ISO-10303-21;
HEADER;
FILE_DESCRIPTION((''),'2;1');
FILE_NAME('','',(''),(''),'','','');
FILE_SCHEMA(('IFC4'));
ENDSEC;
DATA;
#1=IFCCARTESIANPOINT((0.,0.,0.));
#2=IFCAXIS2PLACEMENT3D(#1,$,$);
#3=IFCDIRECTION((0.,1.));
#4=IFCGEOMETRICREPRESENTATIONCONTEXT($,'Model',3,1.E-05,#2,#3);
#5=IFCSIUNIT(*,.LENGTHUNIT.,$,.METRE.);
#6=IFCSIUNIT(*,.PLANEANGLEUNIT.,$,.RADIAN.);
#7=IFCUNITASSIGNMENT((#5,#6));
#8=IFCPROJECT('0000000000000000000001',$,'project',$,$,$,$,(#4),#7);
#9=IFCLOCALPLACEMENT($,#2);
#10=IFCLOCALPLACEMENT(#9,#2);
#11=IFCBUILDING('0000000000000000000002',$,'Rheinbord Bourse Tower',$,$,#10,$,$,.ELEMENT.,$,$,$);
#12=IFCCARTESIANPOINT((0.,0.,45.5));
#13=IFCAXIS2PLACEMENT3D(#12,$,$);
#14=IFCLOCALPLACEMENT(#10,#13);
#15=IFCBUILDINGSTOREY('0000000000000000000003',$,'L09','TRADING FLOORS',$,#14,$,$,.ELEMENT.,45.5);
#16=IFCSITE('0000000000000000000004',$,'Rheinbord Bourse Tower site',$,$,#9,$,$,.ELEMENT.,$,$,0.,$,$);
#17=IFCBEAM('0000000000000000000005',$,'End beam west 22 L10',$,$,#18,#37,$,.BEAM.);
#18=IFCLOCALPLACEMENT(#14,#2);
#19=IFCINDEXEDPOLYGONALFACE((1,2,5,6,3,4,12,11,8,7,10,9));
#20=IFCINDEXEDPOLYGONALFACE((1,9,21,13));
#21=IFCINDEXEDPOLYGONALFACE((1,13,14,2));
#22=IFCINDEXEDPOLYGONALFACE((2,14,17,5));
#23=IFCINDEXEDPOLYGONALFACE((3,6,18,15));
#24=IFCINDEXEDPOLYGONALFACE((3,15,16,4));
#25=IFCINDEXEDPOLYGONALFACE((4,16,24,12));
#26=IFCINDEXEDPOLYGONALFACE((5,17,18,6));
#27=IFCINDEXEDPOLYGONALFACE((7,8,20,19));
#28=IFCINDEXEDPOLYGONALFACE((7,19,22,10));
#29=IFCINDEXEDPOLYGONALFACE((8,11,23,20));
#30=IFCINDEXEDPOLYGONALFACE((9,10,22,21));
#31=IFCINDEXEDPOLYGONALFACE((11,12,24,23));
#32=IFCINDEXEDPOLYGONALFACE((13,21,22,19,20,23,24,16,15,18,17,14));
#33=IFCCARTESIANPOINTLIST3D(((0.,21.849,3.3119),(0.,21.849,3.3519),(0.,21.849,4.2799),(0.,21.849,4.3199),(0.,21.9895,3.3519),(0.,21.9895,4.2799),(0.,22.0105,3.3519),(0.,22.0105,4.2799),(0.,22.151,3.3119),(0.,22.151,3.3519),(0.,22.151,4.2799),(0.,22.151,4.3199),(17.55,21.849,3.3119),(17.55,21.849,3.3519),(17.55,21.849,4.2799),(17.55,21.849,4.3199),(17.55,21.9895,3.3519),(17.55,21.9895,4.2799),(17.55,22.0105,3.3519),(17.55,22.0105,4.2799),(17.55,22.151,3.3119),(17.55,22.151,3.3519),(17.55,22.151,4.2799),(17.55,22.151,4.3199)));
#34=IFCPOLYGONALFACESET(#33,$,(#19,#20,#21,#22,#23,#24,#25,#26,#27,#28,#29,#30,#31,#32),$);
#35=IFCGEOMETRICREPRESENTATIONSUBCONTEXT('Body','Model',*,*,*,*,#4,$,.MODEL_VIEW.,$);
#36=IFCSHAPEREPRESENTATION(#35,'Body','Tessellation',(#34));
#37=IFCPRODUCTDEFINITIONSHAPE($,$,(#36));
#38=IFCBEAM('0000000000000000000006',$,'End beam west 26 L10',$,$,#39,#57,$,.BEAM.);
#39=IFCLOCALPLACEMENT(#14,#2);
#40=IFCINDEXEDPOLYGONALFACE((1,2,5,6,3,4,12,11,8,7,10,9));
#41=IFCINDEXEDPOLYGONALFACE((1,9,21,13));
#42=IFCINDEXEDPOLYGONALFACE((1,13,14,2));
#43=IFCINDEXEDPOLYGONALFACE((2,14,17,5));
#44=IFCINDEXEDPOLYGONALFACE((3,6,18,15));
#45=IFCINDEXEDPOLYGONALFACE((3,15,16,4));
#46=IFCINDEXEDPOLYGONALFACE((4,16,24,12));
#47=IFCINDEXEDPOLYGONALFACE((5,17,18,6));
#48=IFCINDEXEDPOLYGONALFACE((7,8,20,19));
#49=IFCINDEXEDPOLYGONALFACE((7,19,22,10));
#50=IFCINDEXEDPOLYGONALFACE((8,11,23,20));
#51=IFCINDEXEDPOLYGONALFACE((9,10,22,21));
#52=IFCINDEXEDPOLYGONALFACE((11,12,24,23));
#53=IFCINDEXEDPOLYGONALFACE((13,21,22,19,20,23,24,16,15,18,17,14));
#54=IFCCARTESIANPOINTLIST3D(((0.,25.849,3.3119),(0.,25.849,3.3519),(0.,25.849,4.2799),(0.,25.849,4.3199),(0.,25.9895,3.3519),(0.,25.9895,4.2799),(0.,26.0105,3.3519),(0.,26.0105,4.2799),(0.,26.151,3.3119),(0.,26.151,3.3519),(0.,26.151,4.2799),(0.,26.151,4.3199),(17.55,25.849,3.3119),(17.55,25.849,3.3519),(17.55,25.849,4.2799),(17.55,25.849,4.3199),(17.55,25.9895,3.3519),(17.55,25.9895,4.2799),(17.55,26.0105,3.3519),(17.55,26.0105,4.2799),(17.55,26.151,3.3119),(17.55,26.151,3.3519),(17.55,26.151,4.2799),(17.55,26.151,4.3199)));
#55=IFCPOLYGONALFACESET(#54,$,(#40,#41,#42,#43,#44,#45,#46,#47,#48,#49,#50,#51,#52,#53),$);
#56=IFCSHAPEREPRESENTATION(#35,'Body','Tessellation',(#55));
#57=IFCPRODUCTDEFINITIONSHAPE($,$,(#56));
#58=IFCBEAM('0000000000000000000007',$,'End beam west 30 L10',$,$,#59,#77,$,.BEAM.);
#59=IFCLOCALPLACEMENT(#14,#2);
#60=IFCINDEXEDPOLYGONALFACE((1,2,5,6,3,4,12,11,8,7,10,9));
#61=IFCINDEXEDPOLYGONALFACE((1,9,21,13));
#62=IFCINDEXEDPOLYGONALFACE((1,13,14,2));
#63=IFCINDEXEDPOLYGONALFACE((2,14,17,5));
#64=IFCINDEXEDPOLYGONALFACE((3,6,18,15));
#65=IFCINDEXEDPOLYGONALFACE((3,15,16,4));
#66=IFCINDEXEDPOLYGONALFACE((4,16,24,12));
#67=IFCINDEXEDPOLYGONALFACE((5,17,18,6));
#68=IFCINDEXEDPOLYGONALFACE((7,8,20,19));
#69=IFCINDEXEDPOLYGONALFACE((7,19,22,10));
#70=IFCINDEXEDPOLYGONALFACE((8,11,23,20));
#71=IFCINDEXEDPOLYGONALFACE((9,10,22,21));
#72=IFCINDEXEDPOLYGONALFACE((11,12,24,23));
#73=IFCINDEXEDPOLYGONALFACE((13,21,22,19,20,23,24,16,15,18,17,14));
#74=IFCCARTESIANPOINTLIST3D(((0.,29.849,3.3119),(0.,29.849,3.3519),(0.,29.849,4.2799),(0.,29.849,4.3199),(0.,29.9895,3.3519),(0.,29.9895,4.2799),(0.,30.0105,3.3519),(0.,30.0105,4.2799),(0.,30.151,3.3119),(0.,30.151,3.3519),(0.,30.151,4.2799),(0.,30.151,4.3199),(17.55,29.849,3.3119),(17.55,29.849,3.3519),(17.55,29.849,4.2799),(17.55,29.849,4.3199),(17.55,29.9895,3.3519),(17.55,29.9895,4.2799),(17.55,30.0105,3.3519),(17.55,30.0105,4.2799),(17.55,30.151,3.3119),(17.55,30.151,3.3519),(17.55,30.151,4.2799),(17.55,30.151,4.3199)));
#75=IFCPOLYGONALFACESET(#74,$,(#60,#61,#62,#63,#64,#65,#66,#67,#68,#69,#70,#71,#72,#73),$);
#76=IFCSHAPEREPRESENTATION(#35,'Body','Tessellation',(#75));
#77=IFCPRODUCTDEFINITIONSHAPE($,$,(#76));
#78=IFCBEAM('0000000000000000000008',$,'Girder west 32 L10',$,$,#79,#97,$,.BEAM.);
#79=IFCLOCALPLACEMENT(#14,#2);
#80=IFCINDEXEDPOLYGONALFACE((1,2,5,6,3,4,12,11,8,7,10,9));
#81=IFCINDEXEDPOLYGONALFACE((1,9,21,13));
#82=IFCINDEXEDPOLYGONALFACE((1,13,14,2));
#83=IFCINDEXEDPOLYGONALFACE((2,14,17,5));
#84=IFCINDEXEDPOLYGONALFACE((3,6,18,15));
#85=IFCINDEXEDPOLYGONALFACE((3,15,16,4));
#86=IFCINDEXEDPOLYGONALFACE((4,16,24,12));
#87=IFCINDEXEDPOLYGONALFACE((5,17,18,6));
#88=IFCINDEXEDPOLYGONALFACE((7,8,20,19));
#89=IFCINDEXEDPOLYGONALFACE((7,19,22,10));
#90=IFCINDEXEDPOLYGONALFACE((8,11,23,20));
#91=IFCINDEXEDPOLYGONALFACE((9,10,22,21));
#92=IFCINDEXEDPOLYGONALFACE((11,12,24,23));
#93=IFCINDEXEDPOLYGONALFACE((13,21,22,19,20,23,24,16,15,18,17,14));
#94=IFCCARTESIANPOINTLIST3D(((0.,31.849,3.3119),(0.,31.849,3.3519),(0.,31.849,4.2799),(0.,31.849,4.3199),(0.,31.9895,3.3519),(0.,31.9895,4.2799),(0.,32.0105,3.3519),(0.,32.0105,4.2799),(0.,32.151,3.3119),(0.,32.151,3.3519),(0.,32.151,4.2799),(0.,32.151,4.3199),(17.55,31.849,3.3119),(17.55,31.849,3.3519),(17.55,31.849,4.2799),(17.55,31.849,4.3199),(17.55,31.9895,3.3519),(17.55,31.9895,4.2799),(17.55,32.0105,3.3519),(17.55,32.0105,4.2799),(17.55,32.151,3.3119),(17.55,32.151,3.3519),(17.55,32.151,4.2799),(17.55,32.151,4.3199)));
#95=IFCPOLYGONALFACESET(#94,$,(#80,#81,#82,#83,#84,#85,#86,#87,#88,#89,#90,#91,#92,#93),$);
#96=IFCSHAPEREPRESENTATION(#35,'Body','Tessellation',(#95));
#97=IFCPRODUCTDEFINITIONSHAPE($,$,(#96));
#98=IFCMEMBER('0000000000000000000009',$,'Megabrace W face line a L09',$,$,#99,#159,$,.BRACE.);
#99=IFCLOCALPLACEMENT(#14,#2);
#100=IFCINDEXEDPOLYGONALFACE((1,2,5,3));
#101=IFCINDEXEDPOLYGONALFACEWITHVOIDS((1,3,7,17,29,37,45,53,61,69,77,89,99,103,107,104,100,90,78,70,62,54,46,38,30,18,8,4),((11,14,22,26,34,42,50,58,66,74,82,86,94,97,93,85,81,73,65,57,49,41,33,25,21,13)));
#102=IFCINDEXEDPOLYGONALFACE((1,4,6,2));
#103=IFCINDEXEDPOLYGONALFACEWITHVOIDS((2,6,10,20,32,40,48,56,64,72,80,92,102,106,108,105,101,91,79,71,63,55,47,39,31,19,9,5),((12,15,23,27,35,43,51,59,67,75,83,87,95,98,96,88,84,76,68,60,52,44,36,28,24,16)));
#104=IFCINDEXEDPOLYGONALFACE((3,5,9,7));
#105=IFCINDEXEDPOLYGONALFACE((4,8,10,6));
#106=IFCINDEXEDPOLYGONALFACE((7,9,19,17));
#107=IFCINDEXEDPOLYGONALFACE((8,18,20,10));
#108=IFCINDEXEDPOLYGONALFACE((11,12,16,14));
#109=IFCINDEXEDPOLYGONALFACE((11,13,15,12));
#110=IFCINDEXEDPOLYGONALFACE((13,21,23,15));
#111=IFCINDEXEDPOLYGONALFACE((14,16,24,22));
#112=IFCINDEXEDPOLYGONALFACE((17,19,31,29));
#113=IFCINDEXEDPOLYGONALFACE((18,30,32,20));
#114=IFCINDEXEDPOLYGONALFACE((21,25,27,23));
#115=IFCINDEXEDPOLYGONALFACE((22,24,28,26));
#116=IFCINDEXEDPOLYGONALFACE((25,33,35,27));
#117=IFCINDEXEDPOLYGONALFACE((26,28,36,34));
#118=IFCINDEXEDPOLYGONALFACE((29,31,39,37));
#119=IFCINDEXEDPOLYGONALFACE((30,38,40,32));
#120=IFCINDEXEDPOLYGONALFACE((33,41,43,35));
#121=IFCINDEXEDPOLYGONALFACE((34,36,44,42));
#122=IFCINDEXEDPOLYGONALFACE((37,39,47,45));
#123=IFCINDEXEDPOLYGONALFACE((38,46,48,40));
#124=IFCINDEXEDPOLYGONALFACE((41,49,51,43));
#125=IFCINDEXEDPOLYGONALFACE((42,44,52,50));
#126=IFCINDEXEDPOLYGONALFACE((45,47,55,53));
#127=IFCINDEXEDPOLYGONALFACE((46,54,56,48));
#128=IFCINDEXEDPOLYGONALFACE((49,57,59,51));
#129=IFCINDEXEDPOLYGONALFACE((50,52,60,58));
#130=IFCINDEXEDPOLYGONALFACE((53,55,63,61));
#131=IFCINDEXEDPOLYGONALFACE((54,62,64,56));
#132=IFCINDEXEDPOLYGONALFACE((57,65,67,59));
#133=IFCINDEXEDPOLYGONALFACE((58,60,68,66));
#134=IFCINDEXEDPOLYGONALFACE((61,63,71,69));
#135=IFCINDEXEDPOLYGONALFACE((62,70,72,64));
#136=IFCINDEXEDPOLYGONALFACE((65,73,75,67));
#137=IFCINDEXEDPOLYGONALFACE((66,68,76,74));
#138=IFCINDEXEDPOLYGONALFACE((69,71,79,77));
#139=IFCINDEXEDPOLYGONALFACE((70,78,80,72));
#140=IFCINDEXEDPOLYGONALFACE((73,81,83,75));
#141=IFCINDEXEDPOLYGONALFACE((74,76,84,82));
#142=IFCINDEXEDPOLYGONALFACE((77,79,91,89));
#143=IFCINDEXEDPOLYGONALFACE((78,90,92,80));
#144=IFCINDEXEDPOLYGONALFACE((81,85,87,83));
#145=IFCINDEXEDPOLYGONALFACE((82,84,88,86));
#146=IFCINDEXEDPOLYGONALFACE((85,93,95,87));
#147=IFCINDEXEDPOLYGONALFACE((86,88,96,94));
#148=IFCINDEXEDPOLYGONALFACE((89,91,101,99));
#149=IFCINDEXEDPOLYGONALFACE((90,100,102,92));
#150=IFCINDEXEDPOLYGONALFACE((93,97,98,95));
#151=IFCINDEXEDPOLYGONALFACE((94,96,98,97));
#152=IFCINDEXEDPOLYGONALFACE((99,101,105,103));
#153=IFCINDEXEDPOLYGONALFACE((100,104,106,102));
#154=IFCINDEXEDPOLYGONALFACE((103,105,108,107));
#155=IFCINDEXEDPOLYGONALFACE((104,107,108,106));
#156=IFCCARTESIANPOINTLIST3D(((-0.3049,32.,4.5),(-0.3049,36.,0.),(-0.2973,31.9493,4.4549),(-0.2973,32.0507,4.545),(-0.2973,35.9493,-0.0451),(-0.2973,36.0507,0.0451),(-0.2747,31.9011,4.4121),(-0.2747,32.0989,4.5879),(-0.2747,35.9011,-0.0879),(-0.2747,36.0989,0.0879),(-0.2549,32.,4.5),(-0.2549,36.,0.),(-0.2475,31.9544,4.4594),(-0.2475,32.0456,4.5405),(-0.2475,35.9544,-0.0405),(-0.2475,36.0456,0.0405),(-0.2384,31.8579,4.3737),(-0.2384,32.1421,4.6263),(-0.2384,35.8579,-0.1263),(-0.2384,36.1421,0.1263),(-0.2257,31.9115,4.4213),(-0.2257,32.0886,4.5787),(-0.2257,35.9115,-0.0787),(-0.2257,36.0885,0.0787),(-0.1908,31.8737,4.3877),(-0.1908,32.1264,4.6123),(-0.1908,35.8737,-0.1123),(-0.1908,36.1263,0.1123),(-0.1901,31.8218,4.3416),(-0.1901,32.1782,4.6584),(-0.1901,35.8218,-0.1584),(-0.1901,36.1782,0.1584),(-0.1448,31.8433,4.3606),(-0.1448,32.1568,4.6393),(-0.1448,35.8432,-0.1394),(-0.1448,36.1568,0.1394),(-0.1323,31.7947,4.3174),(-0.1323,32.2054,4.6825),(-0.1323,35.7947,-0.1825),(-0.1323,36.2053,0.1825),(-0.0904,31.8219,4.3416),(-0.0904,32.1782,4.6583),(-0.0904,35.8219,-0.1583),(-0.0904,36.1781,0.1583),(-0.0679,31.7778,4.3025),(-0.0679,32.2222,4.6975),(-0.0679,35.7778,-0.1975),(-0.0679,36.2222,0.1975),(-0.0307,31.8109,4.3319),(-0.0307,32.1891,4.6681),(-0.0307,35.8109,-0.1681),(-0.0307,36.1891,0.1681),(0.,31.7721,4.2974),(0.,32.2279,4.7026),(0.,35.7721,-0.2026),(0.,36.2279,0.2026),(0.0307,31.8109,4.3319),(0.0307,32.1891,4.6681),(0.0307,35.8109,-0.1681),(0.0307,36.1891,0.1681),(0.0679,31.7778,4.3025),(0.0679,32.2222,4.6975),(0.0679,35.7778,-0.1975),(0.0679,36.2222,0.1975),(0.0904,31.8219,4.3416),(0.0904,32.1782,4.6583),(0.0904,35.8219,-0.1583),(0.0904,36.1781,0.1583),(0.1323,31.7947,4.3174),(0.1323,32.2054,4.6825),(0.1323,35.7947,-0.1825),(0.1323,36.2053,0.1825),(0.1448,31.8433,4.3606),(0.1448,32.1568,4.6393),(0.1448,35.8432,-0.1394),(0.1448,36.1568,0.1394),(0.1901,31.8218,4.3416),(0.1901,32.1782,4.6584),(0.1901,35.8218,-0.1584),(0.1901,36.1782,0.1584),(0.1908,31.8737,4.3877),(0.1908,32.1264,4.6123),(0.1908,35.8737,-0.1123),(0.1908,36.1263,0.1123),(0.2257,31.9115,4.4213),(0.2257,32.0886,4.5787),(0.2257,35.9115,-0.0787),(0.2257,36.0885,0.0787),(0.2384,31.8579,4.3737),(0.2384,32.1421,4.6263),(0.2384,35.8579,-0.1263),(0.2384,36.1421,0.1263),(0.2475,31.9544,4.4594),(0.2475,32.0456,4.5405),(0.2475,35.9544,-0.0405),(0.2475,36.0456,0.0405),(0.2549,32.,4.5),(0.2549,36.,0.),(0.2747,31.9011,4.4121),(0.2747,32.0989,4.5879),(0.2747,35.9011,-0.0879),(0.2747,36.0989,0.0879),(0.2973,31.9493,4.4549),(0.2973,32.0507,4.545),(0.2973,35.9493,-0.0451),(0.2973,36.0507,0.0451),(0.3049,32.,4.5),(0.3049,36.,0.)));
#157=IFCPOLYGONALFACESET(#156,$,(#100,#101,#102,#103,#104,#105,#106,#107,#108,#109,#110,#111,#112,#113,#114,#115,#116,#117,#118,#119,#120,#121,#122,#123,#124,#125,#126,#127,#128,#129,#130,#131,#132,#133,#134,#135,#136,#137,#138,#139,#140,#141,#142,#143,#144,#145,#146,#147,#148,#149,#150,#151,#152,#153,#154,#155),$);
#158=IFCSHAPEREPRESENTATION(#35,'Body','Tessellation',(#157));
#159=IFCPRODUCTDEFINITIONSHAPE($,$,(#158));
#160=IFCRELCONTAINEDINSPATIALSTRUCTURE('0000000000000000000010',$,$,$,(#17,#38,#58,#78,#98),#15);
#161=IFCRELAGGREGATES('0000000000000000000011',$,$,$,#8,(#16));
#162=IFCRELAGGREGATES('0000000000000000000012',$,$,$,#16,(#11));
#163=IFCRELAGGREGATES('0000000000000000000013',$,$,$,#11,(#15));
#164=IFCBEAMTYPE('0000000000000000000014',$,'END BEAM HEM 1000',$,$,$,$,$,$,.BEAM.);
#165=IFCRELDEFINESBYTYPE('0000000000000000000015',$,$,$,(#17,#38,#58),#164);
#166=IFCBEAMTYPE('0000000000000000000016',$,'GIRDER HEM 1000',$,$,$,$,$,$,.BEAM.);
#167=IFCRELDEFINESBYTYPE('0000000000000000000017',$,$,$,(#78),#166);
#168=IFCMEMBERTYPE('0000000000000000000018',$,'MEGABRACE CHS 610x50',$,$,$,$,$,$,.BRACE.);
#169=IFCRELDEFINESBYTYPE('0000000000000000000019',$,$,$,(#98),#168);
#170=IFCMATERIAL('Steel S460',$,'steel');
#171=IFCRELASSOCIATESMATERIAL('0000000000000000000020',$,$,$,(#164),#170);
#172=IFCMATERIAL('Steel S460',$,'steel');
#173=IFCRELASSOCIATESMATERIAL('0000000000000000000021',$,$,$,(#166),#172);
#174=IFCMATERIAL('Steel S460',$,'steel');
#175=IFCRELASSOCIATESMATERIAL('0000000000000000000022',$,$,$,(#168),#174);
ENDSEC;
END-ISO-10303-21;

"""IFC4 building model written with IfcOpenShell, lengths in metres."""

from ifc_helpers import new_model, si_unit, direction, frame, origin, origin_2d, place, context, subcontext, project, spatial, hollow_circle, i_section, extrude, material, material_profile, profile_set, type_object, element, save


model = new_model("IFC4")

# Units and contexts
model_context = context("Model", 3, precision=1e-05, world=origin(), true_north=direction((0.0, 1.0)))
body_context = subcontext(model_context, "Body", "Model", "MODEL_VIEW")
ifc_project = project(units=[si_unit("LENGTHUNIT", "METRE"), si_unit("PLANEANGLEUNIT", "RADIAN")], contexts=[model_context])

# Site, building, storey
site_placement = place(None, origin())
site = spatial("IfcSite", under=ifc_project, at=site_placement, Name="Rheinbord Bourse Tower site", CompositionType="ELEMENT", RefElevation=0.0)
building_placement = place(site_placement, origin())
building = spatial("IfcBuilding", under=site, at=building_placement, Name="Rheinbord Bourse Tower", CompositionType="ELEMENT")
storey_placement = place(building_placement, frame((0.0, 0.0, 45.5)))
storey = spatial("IfcBuildingStorey", under=building, at=storey_placement, Name="L09", Description="TRADING FLOORS", CompositionType="ELEMENT", Elevation=45.5)

# Beams
ifc_material_1 = material(Name="Steel S460", Category="steel")
ifc_material_profile_1 = material_profile(ifc_material_1, i_section(OverallWidth=0.302, OverallDepth=1.0081, WebThickness=0.021, FlangeThickness=0.04, at=origin_2d()), Name="HEM 1000")
ifc_profile_set_1 = profile_set([ifc_material_profile_1], Name="Steel S460")
beam_type_1 = type_object("IfcBeamType", Name="END BEAM HEM 1000", PredefinedType="BEAM", material=ifc_profile_set_1)
for number, where, z_axis, x_axis, name in (
    (1, (0.0, 22.0, 3.8159), (1.0, 0.0, 0.0), (0.0, 1.0, 0.0), "End beam west 22 L10"),
    (2, (0.0, 26.0, 3.8159), (1.0, 0.0, 0.0), (0.0, 1.0, 0.0), "End beam west 26 L10"),
    (3, (0.0, 30.0, 3.8159), (1.0, 0.0, 0.0), (0.0, 1.0, 0.0), "End beam west 30 L10"),
):
    element("IfcBeam", number, at=place(storey_placement, frame(where, z_axis=z_axis, x_axis=x_axis)), inside=storey, type_object=beam_type_1, Name=name, PredefinedType="BEAM", context=body_context, shape_type="SweptSolid", body=[
        extrude(i_section(OverallWidth=0.302, OverallDepth=1.0081, WebThickness=0.021, FlangeThickness=0.04, at=origin_2d()), origin(), (0.0, 0.0, 1.0), 17.55),
    ])
ifc_material_2 = material(Name="Steel S460", Category="steel")
ifc_material_profile_2 = material_profile(ifc_material_2, i_section(OverallWidth=0.302, OverallDepth=1.0081, WebThickness=0.021, FlangeThickness=0.04, at=origin_2d()), Name="HEM 1000")
ifc_profile_set_2 = profile_set([ifc_material_profile_2], Name="Steel S460")
beam_type_2 = type_object("IfcBeamType", Name="GIRDER HEM 1000", PredefinedType="BEAM", material=ifc_profile_set_2)
beam_1_placement = place(storey_placement, frame((0.0, 32.0, 3.8159), z_axis=(1.0, 0.0, 0.0), x_axis=(0.0, 1.0, 0.0)))
element("IfcBeam", 4, at=beam_1_placement, inside=storey, type_object=beam_type_2, Name="Girder west 32 L10", PredefinedType="BEAM", context=body_context, shape_type="SweptSolid", body=[
    extrude(i_section(OverallWidth=0.302, OverallDepth=1.0081, WebThickness=0.021, FlangeThickness=0.04, at=origin_2d()), origin(), (0.0, 0.0, 1.0), 17.55),
])

# Member
ifc_material_3 = material(Name="Steel S460", Category="steel")
ifc_material_profile_3 = material_profile(ifc_material_3, hollow_circle(Radius=0.3049, WallThickness=0.05, at=origin_2d()), Name="CHS 610x50")
ifc_profile_set_3 = profile_set([ifc_material_profile_3], Name="Steel S460")
member_type_1 = type_object("IfcMemberType", Name="MEGABRACE CHS 610x50", PredefinedType="BRACE", material=ifc_profile_set_3)
for number, where, z_axis, x_axis, name in (
    (5, (0.0, 36.0, 0.0), (0.0, -0.664364, 0.747409), (1.0, 0.0, 0.0), "Megabrace W face line a L09"),
):
    element("IfcMember", number, at=place(storey_placement, frame(where, z_axis=z_axis, x_axis=x_axis)), inside=storey, type_object=member_type_1, Name=name, PredefinedType="BRACE", context=body_context, shape_type="SweptSolid", body=[
        extrude(hollow_circle(Radius=0.3049, WallThickness=0.05, at=origin_2d()), origin(), (0.0, 0.0, 1.0), 6.0208),
    ])

save(model, "model.ifc")
